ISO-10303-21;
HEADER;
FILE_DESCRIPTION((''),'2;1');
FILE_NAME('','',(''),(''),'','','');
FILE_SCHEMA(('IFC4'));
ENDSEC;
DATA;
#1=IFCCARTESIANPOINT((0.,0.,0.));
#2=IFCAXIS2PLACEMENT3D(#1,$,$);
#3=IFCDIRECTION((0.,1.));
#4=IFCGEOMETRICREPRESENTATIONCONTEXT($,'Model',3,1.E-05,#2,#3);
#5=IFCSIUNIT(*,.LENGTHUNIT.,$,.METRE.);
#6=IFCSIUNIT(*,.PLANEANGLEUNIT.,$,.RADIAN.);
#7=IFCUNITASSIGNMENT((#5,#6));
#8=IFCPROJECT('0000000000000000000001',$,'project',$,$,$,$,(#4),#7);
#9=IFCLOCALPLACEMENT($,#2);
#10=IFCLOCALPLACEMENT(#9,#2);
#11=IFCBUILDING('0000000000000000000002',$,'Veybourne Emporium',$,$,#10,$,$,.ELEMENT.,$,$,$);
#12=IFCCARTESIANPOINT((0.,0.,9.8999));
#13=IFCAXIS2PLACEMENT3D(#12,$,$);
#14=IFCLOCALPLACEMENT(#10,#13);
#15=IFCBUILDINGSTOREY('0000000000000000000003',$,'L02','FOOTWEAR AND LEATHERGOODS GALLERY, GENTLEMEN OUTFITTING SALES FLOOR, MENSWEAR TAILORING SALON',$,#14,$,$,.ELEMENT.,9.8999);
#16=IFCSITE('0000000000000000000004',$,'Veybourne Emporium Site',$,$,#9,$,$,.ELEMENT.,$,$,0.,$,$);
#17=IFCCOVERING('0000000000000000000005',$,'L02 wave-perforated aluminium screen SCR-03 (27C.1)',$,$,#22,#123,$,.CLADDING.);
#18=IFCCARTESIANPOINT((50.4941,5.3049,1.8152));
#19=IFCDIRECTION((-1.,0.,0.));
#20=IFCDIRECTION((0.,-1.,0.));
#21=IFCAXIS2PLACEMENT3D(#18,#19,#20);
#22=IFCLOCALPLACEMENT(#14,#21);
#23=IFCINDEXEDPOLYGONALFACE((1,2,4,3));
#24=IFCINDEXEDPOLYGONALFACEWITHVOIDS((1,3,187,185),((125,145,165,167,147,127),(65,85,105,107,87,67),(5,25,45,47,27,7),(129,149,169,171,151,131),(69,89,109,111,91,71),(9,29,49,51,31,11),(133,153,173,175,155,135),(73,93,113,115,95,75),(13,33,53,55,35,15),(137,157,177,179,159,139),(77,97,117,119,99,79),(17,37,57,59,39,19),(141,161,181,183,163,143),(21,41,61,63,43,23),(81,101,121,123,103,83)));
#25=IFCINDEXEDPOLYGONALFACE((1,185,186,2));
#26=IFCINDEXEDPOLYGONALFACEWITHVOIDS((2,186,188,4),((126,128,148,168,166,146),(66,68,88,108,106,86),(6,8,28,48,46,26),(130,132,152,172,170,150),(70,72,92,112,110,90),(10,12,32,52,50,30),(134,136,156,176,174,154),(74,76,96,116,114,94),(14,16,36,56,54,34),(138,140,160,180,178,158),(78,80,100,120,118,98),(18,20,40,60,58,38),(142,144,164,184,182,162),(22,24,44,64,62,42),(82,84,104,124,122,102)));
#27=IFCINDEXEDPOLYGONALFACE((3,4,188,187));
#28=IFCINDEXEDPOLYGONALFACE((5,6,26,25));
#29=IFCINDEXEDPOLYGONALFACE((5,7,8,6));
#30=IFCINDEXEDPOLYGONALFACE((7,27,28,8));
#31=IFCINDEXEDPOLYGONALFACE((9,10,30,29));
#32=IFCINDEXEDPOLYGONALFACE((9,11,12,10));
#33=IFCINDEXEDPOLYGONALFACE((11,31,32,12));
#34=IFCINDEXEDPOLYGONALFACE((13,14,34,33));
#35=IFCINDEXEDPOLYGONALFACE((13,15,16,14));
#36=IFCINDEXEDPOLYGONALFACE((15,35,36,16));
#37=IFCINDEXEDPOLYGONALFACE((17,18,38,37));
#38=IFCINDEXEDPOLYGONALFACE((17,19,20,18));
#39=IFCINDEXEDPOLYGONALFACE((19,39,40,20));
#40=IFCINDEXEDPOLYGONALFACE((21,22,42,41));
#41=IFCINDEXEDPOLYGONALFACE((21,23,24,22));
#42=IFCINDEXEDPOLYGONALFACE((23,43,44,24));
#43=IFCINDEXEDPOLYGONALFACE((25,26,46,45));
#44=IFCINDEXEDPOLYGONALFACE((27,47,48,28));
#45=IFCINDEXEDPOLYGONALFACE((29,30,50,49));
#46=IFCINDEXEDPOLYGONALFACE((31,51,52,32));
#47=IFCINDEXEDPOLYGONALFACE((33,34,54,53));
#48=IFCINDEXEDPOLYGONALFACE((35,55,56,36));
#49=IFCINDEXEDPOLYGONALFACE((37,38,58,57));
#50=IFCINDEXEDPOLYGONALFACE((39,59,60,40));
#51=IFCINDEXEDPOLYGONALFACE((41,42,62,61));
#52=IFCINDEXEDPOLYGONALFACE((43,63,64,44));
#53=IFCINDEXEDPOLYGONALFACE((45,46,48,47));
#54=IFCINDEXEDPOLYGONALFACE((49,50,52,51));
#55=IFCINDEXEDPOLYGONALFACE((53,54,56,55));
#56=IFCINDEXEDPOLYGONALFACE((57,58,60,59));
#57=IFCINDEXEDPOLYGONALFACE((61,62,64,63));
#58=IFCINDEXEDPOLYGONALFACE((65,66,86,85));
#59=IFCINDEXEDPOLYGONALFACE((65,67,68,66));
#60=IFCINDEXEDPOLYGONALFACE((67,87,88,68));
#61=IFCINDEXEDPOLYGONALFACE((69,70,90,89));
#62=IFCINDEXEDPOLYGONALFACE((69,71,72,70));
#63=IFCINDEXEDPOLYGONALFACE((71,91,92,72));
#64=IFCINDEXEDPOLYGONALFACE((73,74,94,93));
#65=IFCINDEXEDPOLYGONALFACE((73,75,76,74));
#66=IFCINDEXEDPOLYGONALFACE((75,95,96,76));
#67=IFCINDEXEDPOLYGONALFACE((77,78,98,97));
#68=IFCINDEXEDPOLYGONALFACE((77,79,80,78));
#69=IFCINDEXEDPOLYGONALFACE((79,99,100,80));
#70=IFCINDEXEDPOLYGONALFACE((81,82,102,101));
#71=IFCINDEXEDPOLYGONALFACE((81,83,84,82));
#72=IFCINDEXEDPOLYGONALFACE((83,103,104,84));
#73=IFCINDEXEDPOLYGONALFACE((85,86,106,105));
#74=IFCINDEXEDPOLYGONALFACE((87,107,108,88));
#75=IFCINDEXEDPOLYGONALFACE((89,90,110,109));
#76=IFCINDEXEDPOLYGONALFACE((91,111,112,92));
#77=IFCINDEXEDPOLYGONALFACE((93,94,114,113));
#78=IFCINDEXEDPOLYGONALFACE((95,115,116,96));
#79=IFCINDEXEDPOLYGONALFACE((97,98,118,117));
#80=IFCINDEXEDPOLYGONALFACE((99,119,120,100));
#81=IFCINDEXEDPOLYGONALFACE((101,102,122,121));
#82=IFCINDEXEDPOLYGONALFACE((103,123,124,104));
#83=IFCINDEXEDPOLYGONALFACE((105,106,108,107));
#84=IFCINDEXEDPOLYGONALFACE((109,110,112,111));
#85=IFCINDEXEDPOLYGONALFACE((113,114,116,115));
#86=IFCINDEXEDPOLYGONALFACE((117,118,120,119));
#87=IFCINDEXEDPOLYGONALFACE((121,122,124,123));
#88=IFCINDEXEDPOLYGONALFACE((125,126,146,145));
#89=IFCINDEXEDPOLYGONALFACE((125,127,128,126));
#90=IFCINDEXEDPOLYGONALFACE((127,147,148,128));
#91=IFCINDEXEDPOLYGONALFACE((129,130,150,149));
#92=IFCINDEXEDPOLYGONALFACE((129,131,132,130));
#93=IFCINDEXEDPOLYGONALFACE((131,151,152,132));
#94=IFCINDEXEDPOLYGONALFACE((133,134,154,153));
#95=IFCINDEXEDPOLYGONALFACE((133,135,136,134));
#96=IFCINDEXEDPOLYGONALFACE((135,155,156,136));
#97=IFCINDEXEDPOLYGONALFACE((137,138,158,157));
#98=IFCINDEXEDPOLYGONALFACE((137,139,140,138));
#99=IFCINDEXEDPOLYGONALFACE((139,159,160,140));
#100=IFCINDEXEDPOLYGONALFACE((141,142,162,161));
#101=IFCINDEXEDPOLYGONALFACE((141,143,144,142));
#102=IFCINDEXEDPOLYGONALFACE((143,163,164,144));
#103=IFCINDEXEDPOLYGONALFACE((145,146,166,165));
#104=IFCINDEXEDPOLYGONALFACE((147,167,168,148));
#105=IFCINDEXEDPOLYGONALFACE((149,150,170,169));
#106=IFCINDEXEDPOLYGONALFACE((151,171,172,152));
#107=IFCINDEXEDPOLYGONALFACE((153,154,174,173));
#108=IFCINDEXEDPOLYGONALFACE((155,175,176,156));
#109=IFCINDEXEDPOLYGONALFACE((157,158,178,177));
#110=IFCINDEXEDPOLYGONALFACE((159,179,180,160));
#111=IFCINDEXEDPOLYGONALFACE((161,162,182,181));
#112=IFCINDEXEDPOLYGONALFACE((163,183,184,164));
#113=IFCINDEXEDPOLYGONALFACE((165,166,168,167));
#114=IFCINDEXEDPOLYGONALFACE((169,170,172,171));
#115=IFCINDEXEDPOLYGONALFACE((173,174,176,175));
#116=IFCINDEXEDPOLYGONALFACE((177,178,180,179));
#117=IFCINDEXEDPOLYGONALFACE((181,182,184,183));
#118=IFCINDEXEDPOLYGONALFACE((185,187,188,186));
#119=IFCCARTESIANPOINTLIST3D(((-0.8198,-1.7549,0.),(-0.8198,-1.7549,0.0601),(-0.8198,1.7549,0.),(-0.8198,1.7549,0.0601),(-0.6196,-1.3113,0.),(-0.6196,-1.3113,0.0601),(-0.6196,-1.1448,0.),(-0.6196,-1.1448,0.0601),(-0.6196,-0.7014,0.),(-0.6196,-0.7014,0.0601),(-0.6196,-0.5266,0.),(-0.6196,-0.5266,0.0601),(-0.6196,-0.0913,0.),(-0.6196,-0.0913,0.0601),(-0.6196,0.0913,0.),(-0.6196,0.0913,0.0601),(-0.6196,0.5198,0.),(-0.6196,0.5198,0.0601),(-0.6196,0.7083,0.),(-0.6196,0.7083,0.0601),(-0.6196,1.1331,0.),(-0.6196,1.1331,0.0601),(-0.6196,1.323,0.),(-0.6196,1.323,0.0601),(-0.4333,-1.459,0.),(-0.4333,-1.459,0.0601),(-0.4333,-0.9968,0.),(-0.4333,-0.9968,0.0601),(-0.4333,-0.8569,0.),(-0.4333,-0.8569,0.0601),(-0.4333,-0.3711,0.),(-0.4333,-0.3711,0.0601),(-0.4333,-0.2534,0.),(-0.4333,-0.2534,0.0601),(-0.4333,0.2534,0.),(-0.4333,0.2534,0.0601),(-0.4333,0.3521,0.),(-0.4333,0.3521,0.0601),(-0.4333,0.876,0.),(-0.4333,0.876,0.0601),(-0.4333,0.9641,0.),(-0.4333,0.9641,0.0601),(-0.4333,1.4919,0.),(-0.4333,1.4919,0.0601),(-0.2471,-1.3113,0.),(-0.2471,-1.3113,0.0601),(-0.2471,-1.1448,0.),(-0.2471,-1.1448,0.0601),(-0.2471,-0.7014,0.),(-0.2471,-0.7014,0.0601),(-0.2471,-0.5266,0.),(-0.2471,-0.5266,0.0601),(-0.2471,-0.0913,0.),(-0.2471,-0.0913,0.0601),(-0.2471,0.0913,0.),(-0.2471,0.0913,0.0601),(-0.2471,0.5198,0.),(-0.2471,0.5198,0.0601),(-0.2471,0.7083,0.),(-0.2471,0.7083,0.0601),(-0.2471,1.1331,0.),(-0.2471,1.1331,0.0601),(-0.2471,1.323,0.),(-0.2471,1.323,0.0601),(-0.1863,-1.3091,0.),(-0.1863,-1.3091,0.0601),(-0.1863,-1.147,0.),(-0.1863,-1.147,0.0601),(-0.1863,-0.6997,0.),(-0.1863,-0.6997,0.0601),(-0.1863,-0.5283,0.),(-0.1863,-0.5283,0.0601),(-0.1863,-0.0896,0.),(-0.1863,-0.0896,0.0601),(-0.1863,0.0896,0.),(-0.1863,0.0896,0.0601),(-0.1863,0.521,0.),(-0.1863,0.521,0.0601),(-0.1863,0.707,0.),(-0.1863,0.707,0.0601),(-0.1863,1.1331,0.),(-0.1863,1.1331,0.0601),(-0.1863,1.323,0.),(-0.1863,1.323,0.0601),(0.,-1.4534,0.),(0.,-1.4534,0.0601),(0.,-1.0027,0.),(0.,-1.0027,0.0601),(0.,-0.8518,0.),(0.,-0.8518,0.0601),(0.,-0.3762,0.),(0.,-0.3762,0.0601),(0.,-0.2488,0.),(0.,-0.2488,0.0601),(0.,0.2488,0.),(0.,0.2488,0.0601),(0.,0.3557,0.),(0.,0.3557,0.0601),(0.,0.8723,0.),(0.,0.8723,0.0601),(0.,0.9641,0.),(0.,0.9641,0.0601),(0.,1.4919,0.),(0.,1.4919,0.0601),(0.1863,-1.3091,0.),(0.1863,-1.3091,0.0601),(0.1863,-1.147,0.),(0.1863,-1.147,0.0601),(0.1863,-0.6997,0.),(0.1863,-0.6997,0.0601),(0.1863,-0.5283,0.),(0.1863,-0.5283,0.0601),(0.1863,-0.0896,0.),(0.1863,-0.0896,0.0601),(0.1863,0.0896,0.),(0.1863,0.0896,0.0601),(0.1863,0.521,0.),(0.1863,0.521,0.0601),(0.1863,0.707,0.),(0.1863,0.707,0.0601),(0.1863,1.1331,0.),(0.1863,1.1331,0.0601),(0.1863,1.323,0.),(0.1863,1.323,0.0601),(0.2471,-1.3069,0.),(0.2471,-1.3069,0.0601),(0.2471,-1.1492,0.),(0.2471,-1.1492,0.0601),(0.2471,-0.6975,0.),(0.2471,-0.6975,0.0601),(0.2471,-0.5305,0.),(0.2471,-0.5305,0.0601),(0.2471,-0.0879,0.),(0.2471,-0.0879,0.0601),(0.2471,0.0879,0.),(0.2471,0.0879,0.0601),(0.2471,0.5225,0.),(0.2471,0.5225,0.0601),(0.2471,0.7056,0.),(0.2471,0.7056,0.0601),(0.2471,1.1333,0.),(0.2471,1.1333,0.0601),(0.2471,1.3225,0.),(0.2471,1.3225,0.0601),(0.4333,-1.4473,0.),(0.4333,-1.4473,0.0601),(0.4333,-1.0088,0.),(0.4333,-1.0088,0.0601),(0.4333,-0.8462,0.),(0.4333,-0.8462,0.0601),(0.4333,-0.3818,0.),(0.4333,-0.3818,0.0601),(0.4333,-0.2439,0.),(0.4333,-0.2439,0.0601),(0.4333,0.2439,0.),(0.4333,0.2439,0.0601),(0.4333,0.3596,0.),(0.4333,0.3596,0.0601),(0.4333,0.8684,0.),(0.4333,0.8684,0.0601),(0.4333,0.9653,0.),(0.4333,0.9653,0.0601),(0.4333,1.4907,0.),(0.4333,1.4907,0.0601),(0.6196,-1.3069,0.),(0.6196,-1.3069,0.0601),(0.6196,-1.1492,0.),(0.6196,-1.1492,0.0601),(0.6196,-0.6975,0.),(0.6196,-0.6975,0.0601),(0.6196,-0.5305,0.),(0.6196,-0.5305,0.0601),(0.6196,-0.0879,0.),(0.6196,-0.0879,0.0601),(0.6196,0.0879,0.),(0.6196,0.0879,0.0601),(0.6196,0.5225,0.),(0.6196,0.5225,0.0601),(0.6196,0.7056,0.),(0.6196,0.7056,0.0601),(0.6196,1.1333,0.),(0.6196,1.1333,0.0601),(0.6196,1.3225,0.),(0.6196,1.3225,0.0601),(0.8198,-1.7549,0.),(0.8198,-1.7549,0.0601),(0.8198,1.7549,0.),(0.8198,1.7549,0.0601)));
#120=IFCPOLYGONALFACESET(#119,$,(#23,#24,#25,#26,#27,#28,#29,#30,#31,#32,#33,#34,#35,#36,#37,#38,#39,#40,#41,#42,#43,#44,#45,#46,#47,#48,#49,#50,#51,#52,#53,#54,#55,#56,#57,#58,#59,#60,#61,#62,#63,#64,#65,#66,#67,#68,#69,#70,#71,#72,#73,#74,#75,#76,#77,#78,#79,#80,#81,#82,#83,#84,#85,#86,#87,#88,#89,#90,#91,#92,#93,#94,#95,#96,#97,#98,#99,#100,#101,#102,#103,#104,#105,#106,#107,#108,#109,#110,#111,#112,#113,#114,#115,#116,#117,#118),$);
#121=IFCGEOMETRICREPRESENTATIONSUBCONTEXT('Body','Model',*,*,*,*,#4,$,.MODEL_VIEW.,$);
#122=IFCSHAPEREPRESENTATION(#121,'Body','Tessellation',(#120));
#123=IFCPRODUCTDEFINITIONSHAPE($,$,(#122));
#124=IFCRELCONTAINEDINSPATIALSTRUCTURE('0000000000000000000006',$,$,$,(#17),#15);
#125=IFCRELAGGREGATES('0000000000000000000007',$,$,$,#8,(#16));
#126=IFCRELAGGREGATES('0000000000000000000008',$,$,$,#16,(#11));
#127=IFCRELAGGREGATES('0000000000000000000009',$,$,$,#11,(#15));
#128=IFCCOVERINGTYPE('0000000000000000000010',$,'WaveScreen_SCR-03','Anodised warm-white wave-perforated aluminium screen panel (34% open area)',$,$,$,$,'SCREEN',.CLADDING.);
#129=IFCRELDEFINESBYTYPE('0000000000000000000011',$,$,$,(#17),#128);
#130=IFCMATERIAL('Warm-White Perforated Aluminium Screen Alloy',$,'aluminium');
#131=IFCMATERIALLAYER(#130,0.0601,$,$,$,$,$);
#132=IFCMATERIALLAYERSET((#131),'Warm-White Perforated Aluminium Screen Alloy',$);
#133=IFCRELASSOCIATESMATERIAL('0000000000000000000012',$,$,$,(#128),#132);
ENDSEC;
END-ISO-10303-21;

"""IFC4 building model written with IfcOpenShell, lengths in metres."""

from ifc_helpers import new_model, si_unit, direction, frame, origin, place, context, subcontext, project, spatial, polyline, outline, extrude, material, layer, layer_set, type_object, element, save


model = new_model("IFC4")

# Units and contexts
model_context = context("Model", 3, precision=1e-05, world=origin(), true_north=direction((0.0, 1.0)))
body_context = subcontext(model_context, "Body", "Model", "MODEL_VIEW")
ifc_project = project(units=[si_unit("LENGTHUNIT", "METRE"), si_unit("PLANEANGLEUNIT", "RADIAN")], contexts=[model_context])

# Site, building, storey
site_placement = place(None, origin())
site = spatial("IfcSite", under=ifc_project, at=site_placement, Name="Veybourne Emporium Site", CompositionType="ELEMENT", RefElevation=0.0)
building_placement = place(site_placement, origin())
building = spatial("IfcBuilding", under=site, at=building_placement, Name="Veybourne Emporium", CompositionType="ELEMENT")
storey_placement = place(building_placement, frame((0.0, 0.0, 9.8999)))
storey = spatial("IfcBuildingStorey", under=building, at=storey_placement, Name="L02", Description="FOOTWEAR AND LEATHERGOODS GALLERY, GENTLEMEN OUTFITTING SALES FLOOR, MENSWEAR TAILORING SALON", CompositionType="ELEMENT", Elevation=9.8999)

# Covering
ifc_material_1 = material(Name="Warm-White Perforated Aluminium Screen Alloy", Category="aluminium")
ifc_layer_1 = layer(ifc_material_1, 0.0601)
ifc_layer_set_1 = layer_set([ifc_layer_1], Name="Warm-White Perforated Aluminium Screen Alloy")
covering_type_1 = type_object("IfcCoveringType", Name="WaveScreen_SCR-03", Description="Anodised warm-white wave-perforated aluminium screen panel (34% open area)", ElementType="SCREEN", PredefinedType="CLADDING", material=ifc_layer_set_1)
covering_1_placement = place(storey_placement, frame((50.4941, 5.3049, 1.8152), z_axis=(-1.0, 0.0, 0.0), x_axis=(0.0, -1.0, 0.0)))
element("IfcCovering", 1, at=covering_1_placement, inside=storey, type_object=covering_type_1, Name="L02 wave-perforated aluminium screen SCR-03 (27C.1)", PredefinedType="CLADDING", context=body_context, shape_type="SweptSolid", body=[
    extrude(outline(polyline([(-0.8198, -1.7549), (0.8198, -1.7549), (0.8198, 1.7549), (-0.8198, 1.7549), (-0.8198, -1.7549)]), holes=[polyline([(-0.4333, -0.9968), (-0.2471, -1.1448), (-0.2471, -1.3113), (-0.4333, -1.459), (-0.6196, -1.3113), (-0.6196, -1.1448), (-0.4333, -0.9968)]), polyline([(-0.4333, -0.3711), (-0.2471, -0.5266), (-0.2471, -0.7014), (-0.4333, -0.8569), (-0.6196, -0.7014), (-0.6196, -0.5266), (-0.4333, -0.3711)]), polyline([(-0.4333, 0.2534), (-0.2471, 0.0913), (-0.2471, -0.0913), (-0.4333, -0.2534), (-0.6196, -0.0913), (-0.6196, 0.0913), (-0.4333, 0.2534)]), polyline([(-0.4333, 0.876), (-0.2471, 0.7083), (-0.2471, 0.5198), (-0.4333, 0.3521), (-0.6196, 0.5198), (-0.6196, 0.7083), (-0.4333, 0.876)]), polyline([(-0.4333, 1.4919), (-0.2471, 1.323), (-0.2471, 1.1331), (-0.4333, 0.9641), (-0.6196, 1.1331), (-0.6196, 1.323), (-0.4333, 1.4919)]), polyline([(0.0, -1.0027), (0.1863, -1.147), (0.1863, -1.3091), (0.0, -1.4534), (-0.1863, -1.3091), (-0.1863, -1.147), (0.0, -1.0027)]), polyline([(0.0, -0.3762), (0.1863, -0.5283), (0.1863, -0.6997), (0.0, -0.8518), (-0.1863, -0.6997), (-0.1863, -0.5283), (0.0, -0.3762)]), polyline([(0.0, 0.2488), (0.1863, 0.0896), (0.1863, -0.0896), (0.0, -0.2488), (-0.1863, -0.0896), (-0.1863, 0.0896), (0.0, 0.2488)]), polyline([(0.0, 0.8723), (0.1863, 0.707), (0.1863, 0.521), (0.0, 0.3557), (-0.1863, 0.521), (-0.1863, 0.707), (0.0, 0.8723)]), polyline([(0.0, 1.4919), (0.1863, 1.323), (0.1863, 1.1331), (0.0, 0.9641), (-0.1863, 1.1331), (-0.1863, 1.323), (0.0, 1.4919)]), polyline([(0.4333, -1.0088), (0.6196, -1.1492), (0.6196, -1.3069), (0.4333, -1.4473), (0.2471, -1.3069), (0.2471, -1.1492), (0.4333, -1.0088)]), polyline([(0.4333, -0.3818), (0.6196, -0.5305), (0.6196, -0.6975), (0.4333, -0.8462), (0.2471, -0.6975), (0.2471, -0.5305), (0.4333, -0.3818)]), polyline([(0.4333, 0.2439), (0.6196, 0.0879), (0.6196, -0.0879), (0.4333, -0.2439), (0.2471, -0.0879), (0.2471, 0.0879), (0.4333, 0.2439)]), polyline([(0.4333, 0.8684), (0.6196, 0.7056), (0.6196, 0.5225), (0.4333, 0.3596), (0.2471, 0.5225), (0.2471, 0.7056), (0.4333, 0.8684)]), polyline([(0.4333, 1.4907), (0.6196, 1.3225), (0.6196, 1.1333), (0.4333, 0.9653), (0.2471, 1.1333), (0.2471, 1.3225), (0.4333, 1.4907)])]), origin(), (0.0, 0.0, 1.0), 0.0601),
])

save(model, "model.ifc")
